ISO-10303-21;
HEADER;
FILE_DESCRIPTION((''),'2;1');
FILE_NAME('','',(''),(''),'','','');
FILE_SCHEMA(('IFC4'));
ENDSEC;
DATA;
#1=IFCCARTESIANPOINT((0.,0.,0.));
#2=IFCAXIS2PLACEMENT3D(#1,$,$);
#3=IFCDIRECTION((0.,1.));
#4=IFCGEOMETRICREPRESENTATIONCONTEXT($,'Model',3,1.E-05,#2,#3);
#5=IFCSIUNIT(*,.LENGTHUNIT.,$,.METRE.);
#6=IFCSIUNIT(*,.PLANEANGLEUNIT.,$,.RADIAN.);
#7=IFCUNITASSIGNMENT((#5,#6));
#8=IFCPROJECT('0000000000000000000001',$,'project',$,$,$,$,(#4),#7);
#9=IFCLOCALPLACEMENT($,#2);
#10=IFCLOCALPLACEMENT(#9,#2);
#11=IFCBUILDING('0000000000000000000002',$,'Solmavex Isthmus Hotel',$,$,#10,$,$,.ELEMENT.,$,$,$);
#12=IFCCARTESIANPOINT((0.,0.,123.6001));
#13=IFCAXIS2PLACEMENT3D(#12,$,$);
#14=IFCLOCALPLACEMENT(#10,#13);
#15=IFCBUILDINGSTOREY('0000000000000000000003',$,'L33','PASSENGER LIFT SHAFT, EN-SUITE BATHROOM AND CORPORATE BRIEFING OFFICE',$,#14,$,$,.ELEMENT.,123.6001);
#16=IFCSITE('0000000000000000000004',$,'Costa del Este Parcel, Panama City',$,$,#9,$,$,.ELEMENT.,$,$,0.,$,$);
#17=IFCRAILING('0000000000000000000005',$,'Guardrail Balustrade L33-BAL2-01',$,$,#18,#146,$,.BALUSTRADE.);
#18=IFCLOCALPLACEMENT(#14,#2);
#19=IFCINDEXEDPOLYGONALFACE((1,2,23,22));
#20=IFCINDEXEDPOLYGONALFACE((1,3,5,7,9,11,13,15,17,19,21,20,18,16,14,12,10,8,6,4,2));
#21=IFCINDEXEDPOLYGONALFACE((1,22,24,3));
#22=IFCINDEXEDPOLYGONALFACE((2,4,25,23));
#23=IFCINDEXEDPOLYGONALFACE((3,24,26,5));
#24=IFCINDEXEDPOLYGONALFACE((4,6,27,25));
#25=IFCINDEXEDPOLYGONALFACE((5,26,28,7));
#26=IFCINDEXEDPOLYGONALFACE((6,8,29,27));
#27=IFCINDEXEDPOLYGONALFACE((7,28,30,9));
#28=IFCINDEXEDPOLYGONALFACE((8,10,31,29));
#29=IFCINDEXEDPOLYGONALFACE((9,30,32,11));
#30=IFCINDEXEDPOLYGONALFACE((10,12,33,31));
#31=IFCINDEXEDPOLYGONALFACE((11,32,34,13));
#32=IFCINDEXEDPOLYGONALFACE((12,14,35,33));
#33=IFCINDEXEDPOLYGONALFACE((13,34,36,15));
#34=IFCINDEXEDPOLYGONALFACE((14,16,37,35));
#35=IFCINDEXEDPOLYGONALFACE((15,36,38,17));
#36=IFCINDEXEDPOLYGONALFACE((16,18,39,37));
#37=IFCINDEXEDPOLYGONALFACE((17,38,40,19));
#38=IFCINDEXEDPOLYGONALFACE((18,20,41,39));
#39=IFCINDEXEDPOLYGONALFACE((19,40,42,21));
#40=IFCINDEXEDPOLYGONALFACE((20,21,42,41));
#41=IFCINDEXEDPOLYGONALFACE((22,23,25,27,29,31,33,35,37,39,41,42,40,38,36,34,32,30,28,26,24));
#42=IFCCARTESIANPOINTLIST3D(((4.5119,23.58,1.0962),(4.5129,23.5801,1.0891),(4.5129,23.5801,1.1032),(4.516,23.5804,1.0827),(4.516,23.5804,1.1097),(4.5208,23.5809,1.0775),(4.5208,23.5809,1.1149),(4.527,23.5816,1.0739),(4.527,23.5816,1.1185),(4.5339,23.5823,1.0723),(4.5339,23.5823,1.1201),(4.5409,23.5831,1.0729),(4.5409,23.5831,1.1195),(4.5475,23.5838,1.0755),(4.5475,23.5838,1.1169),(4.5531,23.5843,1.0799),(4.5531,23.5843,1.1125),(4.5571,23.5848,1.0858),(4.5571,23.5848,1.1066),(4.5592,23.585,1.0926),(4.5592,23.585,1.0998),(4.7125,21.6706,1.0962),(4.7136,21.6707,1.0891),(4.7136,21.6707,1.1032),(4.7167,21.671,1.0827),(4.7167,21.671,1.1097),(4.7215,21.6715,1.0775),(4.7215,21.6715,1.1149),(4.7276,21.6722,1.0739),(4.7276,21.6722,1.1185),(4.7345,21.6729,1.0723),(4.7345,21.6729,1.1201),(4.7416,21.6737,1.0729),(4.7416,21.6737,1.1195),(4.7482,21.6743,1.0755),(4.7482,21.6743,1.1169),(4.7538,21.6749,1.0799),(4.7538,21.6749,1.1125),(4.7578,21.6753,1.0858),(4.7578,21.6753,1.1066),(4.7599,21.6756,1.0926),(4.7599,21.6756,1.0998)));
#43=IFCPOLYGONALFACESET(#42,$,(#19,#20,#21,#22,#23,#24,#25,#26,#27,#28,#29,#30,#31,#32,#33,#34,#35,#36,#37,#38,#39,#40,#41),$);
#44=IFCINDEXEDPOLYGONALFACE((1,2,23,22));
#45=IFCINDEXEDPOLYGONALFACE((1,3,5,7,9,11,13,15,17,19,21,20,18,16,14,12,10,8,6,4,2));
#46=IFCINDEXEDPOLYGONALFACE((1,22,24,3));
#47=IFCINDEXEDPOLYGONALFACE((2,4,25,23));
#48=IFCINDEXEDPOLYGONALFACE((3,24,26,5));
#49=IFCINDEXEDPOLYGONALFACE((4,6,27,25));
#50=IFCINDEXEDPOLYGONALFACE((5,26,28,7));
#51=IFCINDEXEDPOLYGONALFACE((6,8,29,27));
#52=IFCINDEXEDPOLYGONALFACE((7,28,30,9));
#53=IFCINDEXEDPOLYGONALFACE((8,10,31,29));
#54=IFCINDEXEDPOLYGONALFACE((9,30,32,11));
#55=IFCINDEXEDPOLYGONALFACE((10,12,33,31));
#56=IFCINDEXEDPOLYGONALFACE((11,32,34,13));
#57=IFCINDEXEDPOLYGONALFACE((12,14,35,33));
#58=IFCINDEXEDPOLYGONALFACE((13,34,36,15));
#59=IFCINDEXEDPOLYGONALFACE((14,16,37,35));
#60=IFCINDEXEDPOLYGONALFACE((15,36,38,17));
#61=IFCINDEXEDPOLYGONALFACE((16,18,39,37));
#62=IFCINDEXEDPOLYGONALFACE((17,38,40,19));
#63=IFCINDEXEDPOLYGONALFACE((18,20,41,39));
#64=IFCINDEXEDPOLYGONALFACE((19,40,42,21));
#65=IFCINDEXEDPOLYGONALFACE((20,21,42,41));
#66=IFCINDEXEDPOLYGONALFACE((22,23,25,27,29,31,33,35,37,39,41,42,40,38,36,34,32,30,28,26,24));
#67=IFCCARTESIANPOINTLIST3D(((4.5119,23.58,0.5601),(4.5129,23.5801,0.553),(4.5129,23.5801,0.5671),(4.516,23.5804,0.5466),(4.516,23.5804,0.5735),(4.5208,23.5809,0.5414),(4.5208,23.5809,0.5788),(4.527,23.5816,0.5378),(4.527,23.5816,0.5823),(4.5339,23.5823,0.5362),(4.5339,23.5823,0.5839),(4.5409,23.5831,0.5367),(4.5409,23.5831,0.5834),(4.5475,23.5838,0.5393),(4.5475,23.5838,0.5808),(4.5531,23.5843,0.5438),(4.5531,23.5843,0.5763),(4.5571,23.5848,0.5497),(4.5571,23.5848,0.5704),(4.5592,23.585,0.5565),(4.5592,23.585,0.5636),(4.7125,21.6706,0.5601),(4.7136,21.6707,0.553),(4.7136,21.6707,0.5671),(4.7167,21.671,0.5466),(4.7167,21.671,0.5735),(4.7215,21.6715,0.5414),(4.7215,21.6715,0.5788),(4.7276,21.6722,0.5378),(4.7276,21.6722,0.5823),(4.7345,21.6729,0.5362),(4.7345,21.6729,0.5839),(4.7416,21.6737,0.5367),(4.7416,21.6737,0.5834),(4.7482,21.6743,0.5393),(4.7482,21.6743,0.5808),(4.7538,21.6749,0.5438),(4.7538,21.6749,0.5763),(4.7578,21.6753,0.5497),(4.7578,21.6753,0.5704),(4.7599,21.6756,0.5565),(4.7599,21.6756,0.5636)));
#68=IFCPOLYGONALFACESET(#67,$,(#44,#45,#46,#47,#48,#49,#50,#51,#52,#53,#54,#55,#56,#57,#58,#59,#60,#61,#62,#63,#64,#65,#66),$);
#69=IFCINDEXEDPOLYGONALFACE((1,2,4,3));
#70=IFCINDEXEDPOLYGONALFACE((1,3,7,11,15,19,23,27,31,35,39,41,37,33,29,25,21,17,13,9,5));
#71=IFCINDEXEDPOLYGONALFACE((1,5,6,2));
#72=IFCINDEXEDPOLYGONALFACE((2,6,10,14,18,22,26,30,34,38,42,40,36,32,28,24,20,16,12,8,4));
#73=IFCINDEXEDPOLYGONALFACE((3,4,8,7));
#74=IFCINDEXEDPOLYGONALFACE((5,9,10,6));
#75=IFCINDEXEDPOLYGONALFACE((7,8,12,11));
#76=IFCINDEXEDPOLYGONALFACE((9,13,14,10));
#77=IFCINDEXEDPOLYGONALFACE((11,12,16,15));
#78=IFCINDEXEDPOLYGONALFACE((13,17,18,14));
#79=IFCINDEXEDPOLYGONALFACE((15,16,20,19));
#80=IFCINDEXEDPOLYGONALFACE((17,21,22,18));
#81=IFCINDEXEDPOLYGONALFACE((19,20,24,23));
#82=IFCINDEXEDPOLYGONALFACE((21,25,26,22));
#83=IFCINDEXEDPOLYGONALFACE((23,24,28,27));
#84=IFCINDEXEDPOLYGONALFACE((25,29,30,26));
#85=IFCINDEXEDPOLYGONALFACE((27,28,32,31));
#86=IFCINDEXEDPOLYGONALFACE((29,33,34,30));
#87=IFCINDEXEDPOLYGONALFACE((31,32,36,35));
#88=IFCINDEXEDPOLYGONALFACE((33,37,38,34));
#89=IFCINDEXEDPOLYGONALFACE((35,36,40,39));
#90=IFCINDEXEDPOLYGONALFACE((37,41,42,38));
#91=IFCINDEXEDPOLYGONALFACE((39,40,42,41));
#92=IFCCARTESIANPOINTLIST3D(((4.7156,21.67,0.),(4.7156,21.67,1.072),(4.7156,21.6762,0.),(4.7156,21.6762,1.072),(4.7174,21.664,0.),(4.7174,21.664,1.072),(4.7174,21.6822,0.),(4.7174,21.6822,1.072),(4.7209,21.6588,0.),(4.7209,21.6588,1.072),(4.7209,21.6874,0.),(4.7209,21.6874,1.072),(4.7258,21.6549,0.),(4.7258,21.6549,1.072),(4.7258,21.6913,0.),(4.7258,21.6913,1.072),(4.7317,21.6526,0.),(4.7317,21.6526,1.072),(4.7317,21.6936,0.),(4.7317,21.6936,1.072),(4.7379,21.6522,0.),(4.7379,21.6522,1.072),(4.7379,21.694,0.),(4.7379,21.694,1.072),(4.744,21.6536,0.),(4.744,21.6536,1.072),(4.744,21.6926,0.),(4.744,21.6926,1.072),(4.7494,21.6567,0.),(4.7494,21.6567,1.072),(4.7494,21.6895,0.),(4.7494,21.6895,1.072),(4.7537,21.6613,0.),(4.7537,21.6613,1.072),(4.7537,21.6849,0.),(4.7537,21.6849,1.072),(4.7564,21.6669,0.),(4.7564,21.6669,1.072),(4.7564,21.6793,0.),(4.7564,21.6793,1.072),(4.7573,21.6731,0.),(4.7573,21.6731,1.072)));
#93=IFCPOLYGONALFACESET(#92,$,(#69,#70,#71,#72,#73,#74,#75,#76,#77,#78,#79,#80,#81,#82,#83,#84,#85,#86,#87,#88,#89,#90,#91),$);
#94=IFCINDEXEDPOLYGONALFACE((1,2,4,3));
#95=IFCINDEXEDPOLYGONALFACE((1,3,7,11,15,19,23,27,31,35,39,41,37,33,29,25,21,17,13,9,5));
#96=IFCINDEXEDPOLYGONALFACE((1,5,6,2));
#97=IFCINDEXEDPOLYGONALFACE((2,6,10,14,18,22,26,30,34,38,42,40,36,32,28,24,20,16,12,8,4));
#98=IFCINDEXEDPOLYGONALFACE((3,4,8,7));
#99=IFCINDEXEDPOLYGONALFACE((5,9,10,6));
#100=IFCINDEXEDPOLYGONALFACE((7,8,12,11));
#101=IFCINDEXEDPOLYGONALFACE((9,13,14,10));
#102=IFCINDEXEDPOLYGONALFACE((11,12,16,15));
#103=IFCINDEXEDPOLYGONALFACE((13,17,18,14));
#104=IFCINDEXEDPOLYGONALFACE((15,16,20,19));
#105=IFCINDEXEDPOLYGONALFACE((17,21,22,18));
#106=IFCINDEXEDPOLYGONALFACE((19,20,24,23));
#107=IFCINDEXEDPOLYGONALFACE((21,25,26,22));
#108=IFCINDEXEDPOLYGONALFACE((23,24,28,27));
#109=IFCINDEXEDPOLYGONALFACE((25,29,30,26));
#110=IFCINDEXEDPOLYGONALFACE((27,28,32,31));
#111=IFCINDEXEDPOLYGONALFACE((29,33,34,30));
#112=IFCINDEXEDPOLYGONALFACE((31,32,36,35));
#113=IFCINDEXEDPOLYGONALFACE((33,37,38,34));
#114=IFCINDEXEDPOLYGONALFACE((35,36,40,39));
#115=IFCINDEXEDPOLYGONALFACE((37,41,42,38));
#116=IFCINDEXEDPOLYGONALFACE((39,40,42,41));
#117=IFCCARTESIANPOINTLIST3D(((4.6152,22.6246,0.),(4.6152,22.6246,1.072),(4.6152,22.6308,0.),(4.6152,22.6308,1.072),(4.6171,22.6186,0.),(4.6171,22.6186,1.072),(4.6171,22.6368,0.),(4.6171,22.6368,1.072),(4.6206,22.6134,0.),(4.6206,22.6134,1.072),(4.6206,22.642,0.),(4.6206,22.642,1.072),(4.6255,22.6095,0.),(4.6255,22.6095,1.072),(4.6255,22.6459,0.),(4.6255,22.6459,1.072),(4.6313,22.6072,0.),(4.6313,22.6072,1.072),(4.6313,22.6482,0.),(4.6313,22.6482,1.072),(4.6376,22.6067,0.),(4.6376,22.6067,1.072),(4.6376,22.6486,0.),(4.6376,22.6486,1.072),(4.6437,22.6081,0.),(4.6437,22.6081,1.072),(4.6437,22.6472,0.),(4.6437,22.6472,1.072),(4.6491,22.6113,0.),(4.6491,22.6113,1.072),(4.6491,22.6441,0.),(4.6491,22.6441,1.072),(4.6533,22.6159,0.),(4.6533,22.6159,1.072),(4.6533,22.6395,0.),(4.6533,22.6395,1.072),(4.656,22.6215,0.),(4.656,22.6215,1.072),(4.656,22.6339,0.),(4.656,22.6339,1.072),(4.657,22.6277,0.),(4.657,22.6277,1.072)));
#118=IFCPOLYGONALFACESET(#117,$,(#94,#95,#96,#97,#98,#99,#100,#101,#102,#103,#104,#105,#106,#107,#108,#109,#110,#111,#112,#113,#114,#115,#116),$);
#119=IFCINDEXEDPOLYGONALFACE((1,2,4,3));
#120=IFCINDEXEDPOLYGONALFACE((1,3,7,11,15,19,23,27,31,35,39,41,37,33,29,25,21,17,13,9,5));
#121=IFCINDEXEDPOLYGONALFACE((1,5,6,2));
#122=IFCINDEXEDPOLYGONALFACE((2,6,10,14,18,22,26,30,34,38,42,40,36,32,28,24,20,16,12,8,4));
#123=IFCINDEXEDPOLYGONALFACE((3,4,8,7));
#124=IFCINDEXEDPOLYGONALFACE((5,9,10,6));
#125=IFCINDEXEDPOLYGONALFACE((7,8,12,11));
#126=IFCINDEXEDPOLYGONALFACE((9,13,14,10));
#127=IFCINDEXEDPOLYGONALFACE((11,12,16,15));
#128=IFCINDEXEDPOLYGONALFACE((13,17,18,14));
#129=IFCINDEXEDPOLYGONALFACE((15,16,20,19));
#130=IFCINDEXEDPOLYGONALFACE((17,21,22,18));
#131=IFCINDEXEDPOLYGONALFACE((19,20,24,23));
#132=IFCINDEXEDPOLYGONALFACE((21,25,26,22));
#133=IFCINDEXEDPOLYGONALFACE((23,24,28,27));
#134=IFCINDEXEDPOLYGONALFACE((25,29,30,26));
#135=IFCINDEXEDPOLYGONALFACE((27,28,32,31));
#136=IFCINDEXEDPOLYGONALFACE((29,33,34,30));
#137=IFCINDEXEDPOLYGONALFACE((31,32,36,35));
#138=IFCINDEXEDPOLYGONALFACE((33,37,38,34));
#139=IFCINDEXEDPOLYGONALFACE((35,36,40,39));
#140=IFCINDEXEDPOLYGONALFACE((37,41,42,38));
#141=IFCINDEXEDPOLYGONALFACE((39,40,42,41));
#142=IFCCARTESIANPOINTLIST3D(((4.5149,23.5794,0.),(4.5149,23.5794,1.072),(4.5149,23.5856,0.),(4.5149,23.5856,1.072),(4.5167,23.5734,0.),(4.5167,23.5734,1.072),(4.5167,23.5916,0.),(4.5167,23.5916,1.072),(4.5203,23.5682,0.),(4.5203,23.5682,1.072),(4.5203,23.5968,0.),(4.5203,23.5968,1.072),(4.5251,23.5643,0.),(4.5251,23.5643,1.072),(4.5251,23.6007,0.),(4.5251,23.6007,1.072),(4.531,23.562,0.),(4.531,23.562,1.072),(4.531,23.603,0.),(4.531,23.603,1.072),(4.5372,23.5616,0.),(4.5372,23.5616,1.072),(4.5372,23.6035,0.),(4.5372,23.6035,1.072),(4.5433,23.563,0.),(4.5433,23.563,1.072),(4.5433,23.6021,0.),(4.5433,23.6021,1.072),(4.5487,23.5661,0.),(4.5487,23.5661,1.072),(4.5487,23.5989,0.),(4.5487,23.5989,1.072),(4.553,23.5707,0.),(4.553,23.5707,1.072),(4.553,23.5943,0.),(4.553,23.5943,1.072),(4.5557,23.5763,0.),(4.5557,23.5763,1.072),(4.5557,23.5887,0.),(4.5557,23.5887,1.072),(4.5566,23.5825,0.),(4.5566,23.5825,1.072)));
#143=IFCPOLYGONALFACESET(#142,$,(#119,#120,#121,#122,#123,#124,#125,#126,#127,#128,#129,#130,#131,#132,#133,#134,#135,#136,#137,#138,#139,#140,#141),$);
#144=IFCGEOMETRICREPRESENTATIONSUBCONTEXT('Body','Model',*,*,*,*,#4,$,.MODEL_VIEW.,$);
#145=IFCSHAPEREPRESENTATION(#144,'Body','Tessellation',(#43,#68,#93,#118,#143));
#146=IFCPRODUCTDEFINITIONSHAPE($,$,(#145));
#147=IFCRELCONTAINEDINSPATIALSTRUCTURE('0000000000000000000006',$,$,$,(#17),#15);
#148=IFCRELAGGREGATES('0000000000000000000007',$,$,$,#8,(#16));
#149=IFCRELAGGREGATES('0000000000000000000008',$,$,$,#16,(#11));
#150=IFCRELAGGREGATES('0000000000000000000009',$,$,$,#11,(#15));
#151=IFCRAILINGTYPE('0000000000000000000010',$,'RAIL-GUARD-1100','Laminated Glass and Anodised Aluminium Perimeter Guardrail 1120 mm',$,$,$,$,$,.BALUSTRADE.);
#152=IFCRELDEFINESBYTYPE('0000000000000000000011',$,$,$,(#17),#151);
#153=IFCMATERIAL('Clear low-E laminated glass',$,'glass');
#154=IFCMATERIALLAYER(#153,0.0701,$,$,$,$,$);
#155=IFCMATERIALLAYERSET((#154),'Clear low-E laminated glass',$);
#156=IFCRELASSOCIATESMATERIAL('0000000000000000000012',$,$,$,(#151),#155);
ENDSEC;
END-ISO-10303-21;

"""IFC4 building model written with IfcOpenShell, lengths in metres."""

from ifc_helpers import new_model, si_unit, direction, frame, origin, origin_2d, place, context, subcontext, project, spatial, circle, extrude, material, layer, layer_set, type_object, element, save


model = new_model("IFC4")

# Units and contexts
model_context = context("Model", 3, precision=1e-05, world=origin(), true_north=direction((0.0, 1.0)))
body_context = subcontext(model_context, "Body", "Model", "MODEL_VIEW")
ifc_project = project(units=[si_unit("LENGTHUNIT", "METRE"), si_unit("PLANEANGLEUNIT", "RADIAN")], contexts=[model_context])

# Site, building, storey
site_placement = place(None, origin())
site = spatial("IfcSite", under=ifc_project, at=site_placement, Name="Costa del Este Parcel, Panama City", CompositionType="ELEMENT", RefElevation=0.0)
building_placement = place(site_placement, origin())
building = spatial("IfcBuilding", under=site, at=building_placement, Name="Solmavex Isthmus Hotel", CompositionType="ELEMENT")
storey_placement = place(building_placement, frame((0.0, 0.0, 123.6001)))
storey = spatial("IfcBuildingStorey", under=building, at=storey_placement, Name="L33", Description="PASSENGER LIFT SHAFT, EN-SUITE BATHROOM AND CORPORATE BRIEFING OFFICE", CompositionType="ELEMENT", Elevation=123.6001)

# Shared definitions
ifc_material_1 = material(Name="Clear low-E laminated glass", Category="glass")

# Railing
ifc_layer_1 = layer(ifc_material_1, 0.0701)
ifc_layer_set_1 = layer_set([ifc_layer_1], Name="Clear low-E laminated glass")
railing_type = type_object("IfcRailingType", Name="RAIL-GUARD-1100", Description="Laminated Glass and Anodised Aluminium Perimeter Guardrail 1120 mm", PredefinedType="BALUSTRADE", material=ifc_layer_set_1)
railing_1_placement = place(storey_placement, frame((4.7363, 21.6731, 0.0)))
element("IfcRailing", 1, at=railing_1_placement, inside=storey, type_object=railing_type, Name="Guardrail Balustrade L33-BAL2-01", PredefinedType="BALUSTRADE", context=body_context, shape_type="SweptSolid", body=[
    extrude(circle(Radius=0.0239, at=origin_2d()), frame((0.0, 0.0, 1.0962), z_axis=(-0.104526, 0.994522, 0.0), x_axis=(-0.994522, -0.104526, 0.0)), (0.0, 0.0, 1.0), 1.9199),
    extrude(circle(Radius=0.0239, at=origin_2d()), frame((0.0, 0.0, 0.5601), z_axis=(-0.104526, 0.994522, 0.0), x_axis=(-0.994522, -0.104526, 0.0)), (0.0, 0.0, 1.0), 1.9199),
    extrude(circle(Radius=0.021, at=origin_2d()), origin(), (0.0, 0.0, 1.0), 1.072),
    extrude(circle(Radius=0.021, at=origin_2d()), frame((-0.1003, 0.9546, 0.0)), (0.0, 0.0, 1.0), 1.072),
    extrude(circle(Radius=0.021, at=origin_2d()), frame((-0.2007, 1.9094, 0.0)), (0.0, 0.0, 1.0), 1.072),
])

save(model, "model.ifc")
